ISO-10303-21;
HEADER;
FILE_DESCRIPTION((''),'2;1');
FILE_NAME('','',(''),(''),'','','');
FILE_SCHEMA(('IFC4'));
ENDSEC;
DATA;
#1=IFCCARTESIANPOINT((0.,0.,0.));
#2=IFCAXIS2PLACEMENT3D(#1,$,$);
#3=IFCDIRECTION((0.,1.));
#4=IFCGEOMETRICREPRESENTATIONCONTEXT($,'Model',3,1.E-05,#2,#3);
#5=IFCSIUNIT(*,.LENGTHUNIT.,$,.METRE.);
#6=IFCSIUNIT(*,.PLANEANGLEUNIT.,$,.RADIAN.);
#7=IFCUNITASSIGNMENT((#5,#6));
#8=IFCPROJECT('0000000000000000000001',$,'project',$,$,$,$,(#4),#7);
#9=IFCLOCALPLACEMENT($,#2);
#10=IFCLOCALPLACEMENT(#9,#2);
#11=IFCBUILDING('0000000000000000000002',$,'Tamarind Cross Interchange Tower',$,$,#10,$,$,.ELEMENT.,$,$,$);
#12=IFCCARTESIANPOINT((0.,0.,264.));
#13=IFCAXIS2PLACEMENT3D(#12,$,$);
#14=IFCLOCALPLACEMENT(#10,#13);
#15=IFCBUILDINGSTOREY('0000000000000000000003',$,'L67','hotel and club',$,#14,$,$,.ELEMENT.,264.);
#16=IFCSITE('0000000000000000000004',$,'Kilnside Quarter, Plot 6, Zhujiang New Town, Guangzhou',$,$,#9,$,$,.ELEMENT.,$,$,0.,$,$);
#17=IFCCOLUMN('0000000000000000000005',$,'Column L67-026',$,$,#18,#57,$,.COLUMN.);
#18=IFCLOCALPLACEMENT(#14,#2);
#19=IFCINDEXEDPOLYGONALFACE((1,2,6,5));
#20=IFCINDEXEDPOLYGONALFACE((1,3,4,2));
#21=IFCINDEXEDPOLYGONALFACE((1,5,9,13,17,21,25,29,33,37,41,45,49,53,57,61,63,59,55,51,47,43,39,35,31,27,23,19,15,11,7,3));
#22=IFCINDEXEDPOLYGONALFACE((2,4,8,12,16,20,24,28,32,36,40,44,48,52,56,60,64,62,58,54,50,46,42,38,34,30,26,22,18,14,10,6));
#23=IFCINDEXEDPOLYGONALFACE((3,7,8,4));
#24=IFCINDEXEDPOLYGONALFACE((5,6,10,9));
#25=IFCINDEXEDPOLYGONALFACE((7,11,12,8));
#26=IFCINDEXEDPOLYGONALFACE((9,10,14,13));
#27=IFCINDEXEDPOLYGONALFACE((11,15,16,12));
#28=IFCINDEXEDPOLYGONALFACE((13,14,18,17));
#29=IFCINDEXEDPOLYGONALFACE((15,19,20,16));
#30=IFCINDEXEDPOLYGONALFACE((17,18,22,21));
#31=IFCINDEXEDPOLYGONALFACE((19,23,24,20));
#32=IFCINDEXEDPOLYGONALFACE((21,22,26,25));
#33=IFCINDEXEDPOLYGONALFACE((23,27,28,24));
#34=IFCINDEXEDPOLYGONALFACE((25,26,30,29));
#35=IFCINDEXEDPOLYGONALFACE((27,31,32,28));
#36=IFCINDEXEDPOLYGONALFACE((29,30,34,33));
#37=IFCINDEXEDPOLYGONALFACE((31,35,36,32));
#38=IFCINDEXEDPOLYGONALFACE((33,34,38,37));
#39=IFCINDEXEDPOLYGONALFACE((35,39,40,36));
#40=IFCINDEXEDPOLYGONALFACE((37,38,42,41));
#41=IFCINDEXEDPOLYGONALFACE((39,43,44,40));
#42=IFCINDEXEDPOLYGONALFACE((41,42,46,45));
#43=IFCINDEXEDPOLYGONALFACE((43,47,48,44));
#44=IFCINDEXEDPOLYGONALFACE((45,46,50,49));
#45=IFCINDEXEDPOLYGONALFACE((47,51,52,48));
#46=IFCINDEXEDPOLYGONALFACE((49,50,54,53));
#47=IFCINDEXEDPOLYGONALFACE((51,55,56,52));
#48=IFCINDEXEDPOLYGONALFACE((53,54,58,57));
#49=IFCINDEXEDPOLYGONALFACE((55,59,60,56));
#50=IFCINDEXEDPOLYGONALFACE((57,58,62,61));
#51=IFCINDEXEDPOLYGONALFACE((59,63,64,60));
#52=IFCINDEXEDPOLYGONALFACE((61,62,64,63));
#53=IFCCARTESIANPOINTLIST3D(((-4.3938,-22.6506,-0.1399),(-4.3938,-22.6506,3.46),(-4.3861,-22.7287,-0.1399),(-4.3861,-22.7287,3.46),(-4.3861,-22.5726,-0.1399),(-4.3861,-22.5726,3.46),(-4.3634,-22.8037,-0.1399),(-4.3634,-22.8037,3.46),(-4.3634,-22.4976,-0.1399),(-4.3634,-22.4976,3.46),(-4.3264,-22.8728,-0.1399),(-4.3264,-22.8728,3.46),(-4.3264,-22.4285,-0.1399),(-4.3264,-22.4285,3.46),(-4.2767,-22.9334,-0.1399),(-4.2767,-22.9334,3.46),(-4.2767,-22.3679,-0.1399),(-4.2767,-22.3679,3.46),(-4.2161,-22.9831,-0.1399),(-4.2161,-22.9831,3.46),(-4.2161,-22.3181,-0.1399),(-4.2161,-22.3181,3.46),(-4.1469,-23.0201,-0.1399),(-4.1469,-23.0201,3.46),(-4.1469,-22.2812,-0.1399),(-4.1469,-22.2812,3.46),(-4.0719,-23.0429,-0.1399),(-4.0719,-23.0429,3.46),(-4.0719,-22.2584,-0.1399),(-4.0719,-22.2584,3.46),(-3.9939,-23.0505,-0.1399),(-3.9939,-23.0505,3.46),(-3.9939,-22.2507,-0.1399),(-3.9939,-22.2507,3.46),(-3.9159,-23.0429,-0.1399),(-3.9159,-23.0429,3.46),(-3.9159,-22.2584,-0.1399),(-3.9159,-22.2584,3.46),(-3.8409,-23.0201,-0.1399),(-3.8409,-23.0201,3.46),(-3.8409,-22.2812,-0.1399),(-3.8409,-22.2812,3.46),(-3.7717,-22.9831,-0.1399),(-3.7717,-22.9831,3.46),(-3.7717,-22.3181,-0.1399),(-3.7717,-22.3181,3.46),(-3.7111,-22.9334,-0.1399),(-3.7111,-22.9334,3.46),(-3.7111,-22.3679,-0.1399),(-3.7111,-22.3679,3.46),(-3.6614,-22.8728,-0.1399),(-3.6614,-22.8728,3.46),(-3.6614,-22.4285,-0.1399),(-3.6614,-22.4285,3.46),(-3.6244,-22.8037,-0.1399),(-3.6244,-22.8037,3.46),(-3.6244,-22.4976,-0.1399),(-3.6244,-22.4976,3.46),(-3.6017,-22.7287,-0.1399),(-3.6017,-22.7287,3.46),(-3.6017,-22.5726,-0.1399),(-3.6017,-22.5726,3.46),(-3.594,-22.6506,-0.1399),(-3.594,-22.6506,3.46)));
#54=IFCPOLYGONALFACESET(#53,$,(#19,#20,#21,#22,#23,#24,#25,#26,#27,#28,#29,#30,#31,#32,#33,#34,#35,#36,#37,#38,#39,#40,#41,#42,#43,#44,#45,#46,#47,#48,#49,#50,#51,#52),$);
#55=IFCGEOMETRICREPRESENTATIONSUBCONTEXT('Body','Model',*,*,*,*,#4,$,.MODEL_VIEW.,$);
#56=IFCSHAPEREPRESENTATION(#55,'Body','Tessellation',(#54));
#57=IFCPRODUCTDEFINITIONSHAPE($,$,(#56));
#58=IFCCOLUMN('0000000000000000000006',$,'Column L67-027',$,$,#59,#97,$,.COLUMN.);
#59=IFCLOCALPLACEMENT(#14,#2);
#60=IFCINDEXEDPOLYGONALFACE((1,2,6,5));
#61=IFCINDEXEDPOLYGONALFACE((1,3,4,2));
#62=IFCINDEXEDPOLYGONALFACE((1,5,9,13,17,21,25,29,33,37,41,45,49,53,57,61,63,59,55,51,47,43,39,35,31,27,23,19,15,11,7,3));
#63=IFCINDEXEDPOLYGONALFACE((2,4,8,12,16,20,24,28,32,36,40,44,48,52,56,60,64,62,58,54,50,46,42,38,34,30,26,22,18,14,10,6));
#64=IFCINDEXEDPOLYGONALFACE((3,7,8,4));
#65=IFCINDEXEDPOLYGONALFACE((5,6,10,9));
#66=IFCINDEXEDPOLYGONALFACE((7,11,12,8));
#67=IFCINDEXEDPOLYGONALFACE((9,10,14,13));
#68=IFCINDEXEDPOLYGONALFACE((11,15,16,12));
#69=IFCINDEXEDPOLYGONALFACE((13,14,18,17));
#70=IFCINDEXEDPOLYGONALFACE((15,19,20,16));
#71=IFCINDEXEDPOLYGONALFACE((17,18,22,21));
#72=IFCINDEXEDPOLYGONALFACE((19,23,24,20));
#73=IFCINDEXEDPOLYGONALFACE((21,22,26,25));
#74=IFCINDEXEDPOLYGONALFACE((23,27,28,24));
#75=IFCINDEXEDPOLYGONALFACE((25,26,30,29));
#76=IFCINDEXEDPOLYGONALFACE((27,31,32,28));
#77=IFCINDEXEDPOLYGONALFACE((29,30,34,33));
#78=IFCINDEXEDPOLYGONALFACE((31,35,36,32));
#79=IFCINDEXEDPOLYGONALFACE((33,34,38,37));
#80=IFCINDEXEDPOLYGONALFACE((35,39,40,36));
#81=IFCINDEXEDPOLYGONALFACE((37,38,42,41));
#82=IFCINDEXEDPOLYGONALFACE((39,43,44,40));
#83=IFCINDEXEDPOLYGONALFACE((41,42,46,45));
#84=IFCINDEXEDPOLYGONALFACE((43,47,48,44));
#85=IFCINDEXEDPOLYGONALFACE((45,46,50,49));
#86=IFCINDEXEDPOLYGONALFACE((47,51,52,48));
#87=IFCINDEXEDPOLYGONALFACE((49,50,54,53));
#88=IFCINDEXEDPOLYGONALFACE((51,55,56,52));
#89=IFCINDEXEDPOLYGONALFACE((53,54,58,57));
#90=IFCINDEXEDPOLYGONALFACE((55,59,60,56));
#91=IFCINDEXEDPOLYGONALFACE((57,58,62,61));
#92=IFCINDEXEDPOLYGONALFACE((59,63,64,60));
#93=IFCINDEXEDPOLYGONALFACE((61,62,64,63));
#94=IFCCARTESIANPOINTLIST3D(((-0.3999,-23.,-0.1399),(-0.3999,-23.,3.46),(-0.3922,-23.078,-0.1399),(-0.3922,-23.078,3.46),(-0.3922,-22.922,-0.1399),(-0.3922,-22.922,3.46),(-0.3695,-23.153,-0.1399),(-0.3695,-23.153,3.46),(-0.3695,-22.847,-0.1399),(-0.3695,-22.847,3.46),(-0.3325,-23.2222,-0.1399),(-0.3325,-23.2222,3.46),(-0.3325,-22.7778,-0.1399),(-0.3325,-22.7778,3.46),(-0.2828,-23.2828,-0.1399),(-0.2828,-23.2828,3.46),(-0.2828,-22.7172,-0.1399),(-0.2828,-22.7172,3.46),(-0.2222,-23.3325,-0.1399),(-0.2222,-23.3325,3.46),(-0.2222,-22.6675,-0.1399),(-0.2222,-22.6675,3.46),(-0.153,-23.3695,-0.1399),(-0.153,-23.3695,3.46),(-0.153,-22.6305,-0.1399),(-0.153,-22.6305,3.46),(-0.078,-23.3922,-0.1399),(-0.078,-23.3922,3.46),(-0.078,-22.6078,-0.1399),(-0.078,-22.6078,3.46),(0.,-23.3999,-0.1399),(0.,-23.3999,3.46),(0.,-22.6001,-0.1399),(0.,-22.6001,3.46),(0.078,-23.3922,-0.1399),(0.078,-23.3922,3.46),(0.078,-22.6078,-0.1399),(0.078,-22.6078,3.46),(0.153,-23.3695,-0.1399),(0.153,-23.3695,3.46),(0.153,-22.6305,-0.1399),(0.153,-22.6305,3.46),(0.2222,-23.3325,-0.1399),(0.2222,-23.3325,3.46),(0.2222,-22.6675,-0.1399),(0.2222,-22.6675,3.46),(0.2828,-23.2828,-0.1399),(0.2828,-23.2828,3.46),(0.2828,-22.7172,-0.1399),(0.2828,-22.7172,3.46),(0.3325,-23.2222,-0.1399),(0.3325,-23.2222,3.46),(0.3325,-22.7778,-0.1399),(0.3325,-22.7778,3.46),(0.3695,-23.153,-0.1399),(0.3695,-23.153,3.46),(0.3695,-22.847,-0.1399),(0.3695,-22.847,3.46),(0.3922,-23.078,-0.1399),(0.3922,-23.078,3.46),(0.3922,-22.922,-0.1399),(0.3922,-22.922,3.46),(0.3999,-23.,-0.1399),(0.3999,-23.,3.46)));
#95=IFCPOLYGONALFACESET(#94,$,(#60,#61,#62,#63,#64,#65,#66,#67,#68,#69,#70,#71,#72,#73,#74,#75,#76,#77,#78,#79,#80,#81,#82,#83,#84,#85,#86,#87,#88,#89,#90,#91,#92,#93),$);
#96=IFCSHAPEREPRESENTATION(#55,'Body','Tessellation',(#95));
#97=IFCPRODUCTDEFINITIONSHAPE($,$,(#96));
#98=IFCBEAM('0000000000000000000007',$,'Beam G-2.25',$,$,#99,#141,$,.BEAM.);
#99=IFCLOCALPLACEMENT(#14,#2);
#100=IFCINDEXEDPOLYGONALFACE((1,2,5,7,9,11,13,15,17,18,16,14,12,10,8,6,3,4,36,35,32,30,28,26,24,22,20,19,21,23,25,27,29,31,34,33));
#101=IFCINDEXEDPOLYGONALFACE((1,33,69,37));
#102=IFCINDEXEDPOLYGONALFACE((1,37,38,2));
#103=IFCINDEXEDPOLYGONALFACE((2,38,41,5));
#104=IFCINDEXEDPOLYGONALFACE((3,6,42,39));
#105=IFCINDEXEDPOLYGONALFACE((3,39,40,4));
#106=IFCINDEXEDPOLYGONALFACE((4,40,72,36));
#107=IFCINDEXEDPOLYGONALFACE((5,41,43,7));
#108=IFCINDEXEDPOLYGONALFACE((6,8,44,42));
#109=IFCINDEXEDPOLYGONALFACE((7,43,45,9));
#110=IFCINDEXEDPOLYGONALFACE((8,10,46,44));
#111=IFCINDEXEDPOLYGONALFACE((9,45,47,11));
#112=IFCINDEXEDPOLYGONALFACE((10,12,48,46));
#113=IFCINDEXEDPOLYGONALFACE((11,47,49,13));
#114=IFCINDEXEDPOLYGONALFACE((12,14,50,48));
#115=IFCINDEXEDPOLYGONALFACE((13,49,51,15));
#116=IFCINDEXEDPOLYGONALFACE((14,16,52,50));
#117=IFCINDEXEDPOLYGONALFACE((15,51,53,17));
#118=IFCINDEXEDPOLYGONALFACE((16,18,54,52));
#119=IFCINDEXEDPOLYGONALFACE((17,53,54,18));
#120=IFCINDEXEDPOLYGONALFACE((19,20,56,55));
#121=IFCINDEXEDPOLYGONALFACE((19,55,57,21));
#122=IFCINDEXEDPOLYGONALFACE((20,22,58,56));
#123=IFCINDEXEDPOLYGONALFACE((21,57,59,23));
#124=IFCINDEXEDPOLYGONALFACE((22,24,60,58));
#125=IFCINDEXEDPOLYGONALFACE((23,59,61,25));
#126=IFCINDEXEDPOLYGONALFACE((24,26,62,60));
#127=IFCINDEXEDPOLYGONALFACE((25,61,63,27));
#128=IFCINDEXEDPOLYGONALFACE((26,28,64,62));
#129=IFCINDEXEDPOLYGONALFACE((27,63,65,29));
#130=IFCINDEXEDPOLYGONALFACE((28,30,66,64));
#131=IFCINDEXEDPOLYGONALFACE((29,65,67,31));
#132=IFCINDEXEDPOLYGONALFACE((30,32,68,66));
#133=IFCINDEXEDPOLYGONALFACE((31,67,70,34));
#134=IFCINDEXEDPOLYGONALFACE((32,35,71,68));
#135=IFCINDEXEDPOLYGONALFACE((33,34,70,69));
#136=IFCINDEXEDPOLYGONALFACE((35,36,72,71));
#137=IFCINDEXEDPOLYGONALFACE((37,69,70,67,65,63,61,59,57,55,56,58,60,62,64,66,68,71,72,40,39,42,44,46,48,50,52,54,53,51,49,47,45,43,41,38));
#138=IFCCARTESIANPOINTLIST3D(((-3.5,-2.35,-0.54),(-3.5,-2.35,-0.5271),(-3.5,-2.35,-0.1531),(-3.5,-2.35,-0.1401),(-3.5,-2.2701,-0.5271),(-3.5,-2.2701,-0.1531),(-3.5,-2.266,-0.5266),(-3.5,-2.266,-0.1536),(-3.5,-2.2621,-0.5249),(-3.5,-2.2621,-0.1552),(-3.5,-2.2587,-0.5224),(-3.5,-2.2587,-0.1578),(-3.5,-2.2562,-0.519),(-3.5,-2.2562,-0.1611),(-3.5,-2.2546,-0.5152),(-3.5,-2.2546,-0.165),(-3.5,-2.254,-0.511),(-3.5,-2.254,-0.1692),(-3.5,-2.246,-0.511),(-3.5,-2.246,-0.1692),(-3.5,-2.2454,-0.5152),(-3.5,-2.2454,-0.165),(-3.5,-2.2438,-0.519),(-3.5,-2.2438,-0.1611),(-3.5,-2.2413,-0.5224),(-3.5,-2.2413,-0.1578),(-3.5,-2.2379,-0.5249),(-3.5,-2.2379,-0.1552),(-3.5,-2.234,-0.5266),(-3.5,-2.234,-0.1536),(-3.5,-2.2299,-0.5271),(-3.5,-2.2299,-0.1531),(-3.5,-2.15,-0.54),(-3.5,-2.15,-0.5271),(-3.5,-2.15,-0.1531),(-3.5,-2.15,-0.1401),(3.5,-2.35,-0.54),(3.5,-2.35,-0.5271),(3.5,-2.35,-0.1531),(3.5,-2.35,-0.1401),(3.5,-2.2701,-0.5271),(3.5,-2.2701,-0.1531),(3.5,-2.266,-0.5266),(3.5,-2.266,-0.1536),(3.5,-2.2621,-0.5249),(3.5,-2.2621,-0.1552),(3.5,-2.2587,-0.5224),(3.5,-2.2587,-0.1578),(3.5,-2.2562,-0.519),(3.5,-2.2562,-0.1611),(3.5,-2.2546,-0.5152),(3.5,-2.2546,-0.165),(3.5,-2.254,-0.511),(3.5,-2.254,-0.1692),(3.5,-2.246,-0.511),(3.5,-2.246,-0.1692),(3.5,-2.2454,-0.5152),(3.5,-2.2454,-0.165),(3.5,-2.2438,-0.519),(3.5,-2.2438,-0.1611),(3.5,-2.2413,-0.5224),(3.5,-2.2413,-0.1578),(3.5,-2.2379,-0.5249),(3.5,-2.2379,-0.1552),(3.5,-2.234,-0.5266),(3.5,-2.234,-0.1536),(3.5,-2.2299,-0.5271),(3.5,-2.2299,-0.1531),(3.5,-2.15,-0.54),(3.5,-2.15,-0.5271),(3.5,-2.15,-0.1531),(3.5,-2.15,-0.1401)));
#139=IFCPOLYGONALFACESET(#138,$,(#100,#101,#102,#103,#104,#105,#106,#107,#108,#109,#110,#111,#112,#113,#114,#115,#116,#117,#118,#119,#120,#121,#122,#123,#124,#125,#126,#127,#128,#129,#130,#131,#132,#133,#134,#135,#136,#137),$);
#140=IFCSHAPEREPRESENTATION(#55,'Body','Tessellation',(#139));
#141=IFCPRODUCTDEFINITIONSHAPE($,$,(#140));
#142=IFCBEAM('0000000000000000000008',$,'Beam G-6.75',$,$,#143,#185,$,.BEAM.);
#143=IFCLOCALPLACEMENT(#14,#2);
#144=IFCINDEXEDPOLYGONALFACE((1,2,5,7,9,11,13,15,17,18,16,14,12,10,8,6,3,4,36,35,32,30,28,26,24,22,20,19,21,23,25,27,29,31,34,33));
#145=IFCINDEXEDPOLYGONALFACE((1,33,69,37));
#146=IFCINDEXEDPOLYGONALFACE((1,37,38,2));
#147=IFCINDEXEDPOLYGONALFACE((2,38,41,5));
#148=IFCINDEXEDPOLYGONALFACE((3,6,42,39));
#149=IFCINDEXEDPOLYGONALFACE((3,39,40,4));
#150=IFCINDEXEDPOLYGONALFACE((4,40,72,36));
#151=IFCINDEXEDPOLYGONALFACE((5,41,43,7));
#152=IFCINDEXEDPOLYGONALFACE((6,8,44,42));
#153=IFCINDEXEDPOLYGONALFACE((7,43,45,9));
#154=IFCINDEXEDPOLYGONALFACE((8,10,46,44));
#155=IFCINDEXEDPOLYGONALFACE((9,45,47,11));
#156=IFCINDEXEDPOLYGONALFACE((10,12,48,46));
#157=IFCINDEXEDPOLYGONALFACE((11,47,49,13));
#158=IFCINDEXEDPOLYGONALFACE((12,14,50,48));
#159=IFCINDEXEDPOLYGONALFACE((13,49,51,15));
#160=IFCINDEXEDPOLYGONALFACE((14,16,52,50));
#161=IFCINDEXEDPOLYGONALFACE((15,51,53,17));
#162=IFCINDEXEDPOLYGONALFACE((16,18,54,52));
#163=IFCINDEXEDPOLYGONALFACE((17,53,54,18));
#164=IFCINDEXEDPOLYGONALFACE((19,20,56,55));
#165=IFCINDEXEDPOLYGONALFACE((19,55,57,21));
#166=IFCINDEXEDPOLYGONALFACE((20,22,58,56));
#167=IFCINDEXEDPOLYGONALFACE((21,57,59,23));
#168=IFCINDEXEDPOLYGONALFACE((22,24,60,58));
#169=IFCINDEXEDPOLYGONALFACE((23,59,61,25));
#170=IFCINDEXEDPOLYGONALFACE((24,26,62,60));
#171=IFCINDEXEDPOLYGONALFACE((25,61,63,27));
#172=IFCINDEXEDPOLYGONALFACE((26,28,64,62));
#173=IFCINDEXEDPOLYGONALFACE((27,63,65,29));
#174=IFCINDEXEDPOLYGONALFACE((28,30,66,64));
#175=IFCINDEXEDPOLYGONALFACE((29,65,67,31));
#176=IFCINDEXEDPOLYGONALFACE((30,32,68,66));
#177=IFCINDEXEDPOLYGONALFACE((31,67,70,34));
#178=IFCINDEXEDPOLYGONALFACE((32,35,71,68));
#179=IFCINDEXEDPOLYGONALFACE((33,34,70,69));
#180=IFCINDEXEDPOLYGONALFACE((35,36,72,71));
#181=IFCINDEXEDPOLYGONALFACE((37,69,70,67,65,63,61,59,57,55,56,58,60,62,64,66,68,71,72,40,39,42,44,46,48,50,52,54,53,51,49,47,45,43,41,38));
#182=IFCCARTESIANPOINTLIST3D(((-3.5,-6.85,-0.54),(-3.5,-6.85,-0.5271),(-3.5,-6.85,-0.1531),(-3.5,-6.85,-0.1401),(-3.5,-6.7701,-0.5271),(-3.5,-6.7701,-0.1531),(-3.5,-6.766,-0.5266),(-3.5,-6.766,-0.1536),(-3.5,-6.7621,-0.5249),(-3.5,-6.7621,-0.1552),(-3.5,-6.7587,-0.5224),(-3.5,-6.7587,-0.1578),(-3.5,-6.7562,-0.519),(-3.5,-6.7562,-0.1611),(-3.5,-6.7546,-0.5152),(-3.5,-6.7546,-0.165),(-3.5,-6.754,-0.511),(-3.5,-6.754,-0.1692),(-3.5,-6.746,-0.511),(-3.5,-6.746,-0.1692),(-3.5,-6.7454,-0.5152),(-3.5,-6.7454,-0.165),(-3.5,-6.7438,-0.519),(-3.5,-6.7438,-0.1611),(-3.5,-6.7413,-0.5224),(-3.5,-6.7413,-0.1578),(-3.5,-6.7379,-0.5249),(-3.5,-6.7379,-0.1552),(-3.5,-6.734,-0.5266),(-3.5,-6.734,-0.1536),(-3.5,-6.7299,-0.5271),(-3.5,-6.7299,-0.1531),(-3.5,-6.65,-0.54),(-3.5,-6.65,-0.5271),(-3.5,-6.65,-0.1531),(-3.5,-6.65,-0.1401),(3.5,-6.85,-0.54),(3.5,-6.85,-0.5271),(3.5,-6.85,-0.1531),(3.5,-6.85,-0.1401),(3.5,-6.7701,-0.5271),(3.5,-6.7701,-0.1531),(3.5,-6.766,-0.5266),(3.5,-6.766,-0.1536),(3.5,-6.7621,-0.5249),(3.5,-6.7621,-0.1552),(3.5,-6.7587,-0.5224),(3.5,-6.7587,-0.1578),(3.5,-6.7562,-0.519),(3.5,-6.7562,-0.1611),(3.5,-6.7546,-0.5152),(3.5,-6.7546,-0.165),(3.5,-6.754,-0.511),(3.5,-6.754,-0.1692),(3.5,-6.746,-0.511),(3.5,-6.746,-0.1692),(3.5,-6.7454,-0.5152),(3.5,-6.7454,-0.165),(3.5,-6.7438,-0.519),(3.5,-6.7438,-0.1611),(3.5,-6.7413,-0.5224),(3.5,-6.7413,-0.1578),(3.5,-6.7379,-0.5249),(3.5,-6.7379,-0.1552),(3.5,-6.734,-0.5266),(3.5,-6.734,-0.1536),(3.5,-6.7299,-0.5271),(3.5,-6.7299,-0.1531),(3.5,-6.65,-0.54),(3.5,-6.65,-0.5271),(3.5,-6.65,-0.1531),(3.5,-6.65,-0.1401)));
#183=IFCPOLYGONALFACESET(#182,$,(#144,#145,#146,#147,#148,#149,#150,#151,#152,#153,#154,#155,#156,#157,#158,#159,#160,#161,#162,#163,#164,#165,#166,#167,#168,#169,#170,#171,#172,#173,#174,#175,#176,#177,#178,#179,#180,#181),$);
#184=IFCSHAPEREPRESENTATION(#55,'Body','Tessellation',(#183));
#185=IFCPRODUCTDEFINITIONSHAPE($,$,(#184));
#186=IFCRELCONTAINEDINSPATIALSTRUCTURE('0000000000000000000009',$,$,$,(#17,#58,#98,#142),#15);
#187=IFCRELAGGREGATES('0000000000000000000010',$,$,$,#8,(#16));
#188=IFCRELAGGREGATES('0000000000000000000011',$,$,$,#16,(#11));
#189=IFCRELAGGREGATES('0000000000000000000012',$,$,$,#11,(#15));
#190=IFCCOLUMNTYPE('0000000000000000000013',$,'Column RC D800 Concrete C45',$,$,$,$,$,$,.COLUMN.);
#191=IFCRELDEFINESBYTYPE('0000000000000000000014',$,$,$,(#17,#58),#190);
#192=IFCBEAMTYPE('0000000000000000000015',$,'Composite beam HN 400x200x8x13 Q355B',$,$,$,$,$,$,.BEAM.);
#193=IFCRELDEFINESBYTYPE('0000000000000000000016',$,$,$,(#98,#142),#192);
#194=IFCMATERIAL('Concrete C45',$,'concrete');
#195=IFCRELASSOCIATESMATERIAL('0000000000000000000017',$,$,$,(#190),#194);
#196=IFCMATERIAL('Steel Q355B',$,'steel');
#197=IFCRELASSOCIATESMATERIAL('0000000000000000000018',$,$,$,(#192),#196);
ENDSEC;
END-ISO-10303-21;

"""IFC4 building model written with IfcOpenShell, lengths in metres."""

from ifc_helpers import new_model, si_unit, direction, frame, origin, origin_2d, place, context, subcontext, project, spatial, circle, i_section, extrude, material, material_profile, profile_set, type_object, element, save


model = new_model("IFC4")

# Units and contexts
model_context = context("Model", 3, precision=1e-05, world=origin(), true_north=direction((0.0, 1.0)))
body_context = subcontext(model_context, "Body", "Model", "MODEL_VIEW")
ifc_project = project(units=[si_unit("LENGTHUNIT", "METRE"), si_unit("PLANEANGLEUNIT", "RADIAN")], contexts=[model_context])

# Site, building, storey
site_placement = place(None, origin())
site = spatial("IfcSite", under=ifc_project, at=site_placement, Name="Kilnside Quarter, Plot 6, Zhujiang New Town, Guangzhou", CompositionType="ELEMENT", RefElevation=0.0)
building_placement = place(site_placement, origin())
building = spatial("IfcBuilding", under=site, at=building_placement, Name="Tamarind Cross Interchange Tower", CompositionType="ELEMENT")
storey_placement = place(building_placement, frame((0.0, 0.0, 264.0)))
storey = spatial("IfcBuildingStorey", under=building, at=storey_placement, Name="L67", Description="hotel and club", CompositionType="ELEMENT", Elevation=264.0)

# Columns
ifc_material_1 = material(Name="Concrete C45", Category="concrete")
ifc_material_profile_1 = material_profile(ifc_material_1, circle(Radius=0.3999, at=origin_2d()), Name="RC D800")
ifc_profile_set_1 = profile_set([ifc_material_profile_1], Name="Concrete C45")
column_type = type_object("IfcColumnType", Name="Column RC D800 Concrete C45", PredefinedType="COLUMN", material=ifc_profile_set_1)
for number, where, z_axis, x_axis, name in (
    (1, (-3.9939, -22.6506, -0.1399), (0.0, 0.0, 1.0), (1.0, 0.0, 0.0), "Column L67-026"),
    (2, (0.0, -23.0, -0.1399), (0.0, 0.0, 1.0), (1.0, 0.0, 0.0), "Column L67-027"),
):
    element("IfcColumn", number, at=place(storey_placement, frame(where, z_axis=z_axis, x_axis=x_axis)), inside=storey, type_object=column_type, Name=name, PredefinedType="COLUMN", context=body_context, shape_type="SweptSolid", body=[
        extrude(circle(Radius=0.3999, at=origin_2d()), origin(), (0.0, 0.0, 1.0), 3.5999),
    ])

# Beams
ifc_material_2 = material(Name="Steel Q355B", Category="steel")
ifc_material_profile_2 = material_profile(ifc_material_2, i_section(OverallWidth=0.2, OverallDepth=0.3999, WebThickness=0.0081, FlangeThickness=0.0129, FilletRadius=0.0161, at=origin_2d()), Name="HN 400x200x8x13")
ifc_profile_set_2 = profile_set([ifc_material_profile_2], Name="Steel Q355B")
beam_type_1 = type_object("IfcBeamType", Name="Composite beam HN 400x200x8x13 Q355B", PredefinedType="BEAM", material=ifc_profile_set_2)
for number, where, z_axis, x_axis, name in (
    (3, (-3.5, -2.25, -0.3401), (1.0, 0.0, 0.0), (0.0, 1.0, 0.0), "Beam G-2.25"),
    (4, (-3.5, -6.75, -0.3401), (1.0, 0.0, 0.0), (0.0, 1.0, 0.0), "Beam G-6.75"),
):
    element("IfcBeam", number, at=place(storey_placement, frame(where, z_axis=z_axis, x_axis=x_axis)), inside=storey, type_object=beam_type_1, Name=name, PredefinedType="BEAM", context=body_context, shape_type="SweptSolid", body=[
        extrude(i_section(OverallWidth=0.2, OverallDepth=0.3999, WebThickness=0.0081, FlangeThickness=0.0129, FilletRadius=0.0161, at=origin_2d()), origin(), (0.0, 0.0, 1.0), 7.0),
    ])

save(model, "model.ifc")
